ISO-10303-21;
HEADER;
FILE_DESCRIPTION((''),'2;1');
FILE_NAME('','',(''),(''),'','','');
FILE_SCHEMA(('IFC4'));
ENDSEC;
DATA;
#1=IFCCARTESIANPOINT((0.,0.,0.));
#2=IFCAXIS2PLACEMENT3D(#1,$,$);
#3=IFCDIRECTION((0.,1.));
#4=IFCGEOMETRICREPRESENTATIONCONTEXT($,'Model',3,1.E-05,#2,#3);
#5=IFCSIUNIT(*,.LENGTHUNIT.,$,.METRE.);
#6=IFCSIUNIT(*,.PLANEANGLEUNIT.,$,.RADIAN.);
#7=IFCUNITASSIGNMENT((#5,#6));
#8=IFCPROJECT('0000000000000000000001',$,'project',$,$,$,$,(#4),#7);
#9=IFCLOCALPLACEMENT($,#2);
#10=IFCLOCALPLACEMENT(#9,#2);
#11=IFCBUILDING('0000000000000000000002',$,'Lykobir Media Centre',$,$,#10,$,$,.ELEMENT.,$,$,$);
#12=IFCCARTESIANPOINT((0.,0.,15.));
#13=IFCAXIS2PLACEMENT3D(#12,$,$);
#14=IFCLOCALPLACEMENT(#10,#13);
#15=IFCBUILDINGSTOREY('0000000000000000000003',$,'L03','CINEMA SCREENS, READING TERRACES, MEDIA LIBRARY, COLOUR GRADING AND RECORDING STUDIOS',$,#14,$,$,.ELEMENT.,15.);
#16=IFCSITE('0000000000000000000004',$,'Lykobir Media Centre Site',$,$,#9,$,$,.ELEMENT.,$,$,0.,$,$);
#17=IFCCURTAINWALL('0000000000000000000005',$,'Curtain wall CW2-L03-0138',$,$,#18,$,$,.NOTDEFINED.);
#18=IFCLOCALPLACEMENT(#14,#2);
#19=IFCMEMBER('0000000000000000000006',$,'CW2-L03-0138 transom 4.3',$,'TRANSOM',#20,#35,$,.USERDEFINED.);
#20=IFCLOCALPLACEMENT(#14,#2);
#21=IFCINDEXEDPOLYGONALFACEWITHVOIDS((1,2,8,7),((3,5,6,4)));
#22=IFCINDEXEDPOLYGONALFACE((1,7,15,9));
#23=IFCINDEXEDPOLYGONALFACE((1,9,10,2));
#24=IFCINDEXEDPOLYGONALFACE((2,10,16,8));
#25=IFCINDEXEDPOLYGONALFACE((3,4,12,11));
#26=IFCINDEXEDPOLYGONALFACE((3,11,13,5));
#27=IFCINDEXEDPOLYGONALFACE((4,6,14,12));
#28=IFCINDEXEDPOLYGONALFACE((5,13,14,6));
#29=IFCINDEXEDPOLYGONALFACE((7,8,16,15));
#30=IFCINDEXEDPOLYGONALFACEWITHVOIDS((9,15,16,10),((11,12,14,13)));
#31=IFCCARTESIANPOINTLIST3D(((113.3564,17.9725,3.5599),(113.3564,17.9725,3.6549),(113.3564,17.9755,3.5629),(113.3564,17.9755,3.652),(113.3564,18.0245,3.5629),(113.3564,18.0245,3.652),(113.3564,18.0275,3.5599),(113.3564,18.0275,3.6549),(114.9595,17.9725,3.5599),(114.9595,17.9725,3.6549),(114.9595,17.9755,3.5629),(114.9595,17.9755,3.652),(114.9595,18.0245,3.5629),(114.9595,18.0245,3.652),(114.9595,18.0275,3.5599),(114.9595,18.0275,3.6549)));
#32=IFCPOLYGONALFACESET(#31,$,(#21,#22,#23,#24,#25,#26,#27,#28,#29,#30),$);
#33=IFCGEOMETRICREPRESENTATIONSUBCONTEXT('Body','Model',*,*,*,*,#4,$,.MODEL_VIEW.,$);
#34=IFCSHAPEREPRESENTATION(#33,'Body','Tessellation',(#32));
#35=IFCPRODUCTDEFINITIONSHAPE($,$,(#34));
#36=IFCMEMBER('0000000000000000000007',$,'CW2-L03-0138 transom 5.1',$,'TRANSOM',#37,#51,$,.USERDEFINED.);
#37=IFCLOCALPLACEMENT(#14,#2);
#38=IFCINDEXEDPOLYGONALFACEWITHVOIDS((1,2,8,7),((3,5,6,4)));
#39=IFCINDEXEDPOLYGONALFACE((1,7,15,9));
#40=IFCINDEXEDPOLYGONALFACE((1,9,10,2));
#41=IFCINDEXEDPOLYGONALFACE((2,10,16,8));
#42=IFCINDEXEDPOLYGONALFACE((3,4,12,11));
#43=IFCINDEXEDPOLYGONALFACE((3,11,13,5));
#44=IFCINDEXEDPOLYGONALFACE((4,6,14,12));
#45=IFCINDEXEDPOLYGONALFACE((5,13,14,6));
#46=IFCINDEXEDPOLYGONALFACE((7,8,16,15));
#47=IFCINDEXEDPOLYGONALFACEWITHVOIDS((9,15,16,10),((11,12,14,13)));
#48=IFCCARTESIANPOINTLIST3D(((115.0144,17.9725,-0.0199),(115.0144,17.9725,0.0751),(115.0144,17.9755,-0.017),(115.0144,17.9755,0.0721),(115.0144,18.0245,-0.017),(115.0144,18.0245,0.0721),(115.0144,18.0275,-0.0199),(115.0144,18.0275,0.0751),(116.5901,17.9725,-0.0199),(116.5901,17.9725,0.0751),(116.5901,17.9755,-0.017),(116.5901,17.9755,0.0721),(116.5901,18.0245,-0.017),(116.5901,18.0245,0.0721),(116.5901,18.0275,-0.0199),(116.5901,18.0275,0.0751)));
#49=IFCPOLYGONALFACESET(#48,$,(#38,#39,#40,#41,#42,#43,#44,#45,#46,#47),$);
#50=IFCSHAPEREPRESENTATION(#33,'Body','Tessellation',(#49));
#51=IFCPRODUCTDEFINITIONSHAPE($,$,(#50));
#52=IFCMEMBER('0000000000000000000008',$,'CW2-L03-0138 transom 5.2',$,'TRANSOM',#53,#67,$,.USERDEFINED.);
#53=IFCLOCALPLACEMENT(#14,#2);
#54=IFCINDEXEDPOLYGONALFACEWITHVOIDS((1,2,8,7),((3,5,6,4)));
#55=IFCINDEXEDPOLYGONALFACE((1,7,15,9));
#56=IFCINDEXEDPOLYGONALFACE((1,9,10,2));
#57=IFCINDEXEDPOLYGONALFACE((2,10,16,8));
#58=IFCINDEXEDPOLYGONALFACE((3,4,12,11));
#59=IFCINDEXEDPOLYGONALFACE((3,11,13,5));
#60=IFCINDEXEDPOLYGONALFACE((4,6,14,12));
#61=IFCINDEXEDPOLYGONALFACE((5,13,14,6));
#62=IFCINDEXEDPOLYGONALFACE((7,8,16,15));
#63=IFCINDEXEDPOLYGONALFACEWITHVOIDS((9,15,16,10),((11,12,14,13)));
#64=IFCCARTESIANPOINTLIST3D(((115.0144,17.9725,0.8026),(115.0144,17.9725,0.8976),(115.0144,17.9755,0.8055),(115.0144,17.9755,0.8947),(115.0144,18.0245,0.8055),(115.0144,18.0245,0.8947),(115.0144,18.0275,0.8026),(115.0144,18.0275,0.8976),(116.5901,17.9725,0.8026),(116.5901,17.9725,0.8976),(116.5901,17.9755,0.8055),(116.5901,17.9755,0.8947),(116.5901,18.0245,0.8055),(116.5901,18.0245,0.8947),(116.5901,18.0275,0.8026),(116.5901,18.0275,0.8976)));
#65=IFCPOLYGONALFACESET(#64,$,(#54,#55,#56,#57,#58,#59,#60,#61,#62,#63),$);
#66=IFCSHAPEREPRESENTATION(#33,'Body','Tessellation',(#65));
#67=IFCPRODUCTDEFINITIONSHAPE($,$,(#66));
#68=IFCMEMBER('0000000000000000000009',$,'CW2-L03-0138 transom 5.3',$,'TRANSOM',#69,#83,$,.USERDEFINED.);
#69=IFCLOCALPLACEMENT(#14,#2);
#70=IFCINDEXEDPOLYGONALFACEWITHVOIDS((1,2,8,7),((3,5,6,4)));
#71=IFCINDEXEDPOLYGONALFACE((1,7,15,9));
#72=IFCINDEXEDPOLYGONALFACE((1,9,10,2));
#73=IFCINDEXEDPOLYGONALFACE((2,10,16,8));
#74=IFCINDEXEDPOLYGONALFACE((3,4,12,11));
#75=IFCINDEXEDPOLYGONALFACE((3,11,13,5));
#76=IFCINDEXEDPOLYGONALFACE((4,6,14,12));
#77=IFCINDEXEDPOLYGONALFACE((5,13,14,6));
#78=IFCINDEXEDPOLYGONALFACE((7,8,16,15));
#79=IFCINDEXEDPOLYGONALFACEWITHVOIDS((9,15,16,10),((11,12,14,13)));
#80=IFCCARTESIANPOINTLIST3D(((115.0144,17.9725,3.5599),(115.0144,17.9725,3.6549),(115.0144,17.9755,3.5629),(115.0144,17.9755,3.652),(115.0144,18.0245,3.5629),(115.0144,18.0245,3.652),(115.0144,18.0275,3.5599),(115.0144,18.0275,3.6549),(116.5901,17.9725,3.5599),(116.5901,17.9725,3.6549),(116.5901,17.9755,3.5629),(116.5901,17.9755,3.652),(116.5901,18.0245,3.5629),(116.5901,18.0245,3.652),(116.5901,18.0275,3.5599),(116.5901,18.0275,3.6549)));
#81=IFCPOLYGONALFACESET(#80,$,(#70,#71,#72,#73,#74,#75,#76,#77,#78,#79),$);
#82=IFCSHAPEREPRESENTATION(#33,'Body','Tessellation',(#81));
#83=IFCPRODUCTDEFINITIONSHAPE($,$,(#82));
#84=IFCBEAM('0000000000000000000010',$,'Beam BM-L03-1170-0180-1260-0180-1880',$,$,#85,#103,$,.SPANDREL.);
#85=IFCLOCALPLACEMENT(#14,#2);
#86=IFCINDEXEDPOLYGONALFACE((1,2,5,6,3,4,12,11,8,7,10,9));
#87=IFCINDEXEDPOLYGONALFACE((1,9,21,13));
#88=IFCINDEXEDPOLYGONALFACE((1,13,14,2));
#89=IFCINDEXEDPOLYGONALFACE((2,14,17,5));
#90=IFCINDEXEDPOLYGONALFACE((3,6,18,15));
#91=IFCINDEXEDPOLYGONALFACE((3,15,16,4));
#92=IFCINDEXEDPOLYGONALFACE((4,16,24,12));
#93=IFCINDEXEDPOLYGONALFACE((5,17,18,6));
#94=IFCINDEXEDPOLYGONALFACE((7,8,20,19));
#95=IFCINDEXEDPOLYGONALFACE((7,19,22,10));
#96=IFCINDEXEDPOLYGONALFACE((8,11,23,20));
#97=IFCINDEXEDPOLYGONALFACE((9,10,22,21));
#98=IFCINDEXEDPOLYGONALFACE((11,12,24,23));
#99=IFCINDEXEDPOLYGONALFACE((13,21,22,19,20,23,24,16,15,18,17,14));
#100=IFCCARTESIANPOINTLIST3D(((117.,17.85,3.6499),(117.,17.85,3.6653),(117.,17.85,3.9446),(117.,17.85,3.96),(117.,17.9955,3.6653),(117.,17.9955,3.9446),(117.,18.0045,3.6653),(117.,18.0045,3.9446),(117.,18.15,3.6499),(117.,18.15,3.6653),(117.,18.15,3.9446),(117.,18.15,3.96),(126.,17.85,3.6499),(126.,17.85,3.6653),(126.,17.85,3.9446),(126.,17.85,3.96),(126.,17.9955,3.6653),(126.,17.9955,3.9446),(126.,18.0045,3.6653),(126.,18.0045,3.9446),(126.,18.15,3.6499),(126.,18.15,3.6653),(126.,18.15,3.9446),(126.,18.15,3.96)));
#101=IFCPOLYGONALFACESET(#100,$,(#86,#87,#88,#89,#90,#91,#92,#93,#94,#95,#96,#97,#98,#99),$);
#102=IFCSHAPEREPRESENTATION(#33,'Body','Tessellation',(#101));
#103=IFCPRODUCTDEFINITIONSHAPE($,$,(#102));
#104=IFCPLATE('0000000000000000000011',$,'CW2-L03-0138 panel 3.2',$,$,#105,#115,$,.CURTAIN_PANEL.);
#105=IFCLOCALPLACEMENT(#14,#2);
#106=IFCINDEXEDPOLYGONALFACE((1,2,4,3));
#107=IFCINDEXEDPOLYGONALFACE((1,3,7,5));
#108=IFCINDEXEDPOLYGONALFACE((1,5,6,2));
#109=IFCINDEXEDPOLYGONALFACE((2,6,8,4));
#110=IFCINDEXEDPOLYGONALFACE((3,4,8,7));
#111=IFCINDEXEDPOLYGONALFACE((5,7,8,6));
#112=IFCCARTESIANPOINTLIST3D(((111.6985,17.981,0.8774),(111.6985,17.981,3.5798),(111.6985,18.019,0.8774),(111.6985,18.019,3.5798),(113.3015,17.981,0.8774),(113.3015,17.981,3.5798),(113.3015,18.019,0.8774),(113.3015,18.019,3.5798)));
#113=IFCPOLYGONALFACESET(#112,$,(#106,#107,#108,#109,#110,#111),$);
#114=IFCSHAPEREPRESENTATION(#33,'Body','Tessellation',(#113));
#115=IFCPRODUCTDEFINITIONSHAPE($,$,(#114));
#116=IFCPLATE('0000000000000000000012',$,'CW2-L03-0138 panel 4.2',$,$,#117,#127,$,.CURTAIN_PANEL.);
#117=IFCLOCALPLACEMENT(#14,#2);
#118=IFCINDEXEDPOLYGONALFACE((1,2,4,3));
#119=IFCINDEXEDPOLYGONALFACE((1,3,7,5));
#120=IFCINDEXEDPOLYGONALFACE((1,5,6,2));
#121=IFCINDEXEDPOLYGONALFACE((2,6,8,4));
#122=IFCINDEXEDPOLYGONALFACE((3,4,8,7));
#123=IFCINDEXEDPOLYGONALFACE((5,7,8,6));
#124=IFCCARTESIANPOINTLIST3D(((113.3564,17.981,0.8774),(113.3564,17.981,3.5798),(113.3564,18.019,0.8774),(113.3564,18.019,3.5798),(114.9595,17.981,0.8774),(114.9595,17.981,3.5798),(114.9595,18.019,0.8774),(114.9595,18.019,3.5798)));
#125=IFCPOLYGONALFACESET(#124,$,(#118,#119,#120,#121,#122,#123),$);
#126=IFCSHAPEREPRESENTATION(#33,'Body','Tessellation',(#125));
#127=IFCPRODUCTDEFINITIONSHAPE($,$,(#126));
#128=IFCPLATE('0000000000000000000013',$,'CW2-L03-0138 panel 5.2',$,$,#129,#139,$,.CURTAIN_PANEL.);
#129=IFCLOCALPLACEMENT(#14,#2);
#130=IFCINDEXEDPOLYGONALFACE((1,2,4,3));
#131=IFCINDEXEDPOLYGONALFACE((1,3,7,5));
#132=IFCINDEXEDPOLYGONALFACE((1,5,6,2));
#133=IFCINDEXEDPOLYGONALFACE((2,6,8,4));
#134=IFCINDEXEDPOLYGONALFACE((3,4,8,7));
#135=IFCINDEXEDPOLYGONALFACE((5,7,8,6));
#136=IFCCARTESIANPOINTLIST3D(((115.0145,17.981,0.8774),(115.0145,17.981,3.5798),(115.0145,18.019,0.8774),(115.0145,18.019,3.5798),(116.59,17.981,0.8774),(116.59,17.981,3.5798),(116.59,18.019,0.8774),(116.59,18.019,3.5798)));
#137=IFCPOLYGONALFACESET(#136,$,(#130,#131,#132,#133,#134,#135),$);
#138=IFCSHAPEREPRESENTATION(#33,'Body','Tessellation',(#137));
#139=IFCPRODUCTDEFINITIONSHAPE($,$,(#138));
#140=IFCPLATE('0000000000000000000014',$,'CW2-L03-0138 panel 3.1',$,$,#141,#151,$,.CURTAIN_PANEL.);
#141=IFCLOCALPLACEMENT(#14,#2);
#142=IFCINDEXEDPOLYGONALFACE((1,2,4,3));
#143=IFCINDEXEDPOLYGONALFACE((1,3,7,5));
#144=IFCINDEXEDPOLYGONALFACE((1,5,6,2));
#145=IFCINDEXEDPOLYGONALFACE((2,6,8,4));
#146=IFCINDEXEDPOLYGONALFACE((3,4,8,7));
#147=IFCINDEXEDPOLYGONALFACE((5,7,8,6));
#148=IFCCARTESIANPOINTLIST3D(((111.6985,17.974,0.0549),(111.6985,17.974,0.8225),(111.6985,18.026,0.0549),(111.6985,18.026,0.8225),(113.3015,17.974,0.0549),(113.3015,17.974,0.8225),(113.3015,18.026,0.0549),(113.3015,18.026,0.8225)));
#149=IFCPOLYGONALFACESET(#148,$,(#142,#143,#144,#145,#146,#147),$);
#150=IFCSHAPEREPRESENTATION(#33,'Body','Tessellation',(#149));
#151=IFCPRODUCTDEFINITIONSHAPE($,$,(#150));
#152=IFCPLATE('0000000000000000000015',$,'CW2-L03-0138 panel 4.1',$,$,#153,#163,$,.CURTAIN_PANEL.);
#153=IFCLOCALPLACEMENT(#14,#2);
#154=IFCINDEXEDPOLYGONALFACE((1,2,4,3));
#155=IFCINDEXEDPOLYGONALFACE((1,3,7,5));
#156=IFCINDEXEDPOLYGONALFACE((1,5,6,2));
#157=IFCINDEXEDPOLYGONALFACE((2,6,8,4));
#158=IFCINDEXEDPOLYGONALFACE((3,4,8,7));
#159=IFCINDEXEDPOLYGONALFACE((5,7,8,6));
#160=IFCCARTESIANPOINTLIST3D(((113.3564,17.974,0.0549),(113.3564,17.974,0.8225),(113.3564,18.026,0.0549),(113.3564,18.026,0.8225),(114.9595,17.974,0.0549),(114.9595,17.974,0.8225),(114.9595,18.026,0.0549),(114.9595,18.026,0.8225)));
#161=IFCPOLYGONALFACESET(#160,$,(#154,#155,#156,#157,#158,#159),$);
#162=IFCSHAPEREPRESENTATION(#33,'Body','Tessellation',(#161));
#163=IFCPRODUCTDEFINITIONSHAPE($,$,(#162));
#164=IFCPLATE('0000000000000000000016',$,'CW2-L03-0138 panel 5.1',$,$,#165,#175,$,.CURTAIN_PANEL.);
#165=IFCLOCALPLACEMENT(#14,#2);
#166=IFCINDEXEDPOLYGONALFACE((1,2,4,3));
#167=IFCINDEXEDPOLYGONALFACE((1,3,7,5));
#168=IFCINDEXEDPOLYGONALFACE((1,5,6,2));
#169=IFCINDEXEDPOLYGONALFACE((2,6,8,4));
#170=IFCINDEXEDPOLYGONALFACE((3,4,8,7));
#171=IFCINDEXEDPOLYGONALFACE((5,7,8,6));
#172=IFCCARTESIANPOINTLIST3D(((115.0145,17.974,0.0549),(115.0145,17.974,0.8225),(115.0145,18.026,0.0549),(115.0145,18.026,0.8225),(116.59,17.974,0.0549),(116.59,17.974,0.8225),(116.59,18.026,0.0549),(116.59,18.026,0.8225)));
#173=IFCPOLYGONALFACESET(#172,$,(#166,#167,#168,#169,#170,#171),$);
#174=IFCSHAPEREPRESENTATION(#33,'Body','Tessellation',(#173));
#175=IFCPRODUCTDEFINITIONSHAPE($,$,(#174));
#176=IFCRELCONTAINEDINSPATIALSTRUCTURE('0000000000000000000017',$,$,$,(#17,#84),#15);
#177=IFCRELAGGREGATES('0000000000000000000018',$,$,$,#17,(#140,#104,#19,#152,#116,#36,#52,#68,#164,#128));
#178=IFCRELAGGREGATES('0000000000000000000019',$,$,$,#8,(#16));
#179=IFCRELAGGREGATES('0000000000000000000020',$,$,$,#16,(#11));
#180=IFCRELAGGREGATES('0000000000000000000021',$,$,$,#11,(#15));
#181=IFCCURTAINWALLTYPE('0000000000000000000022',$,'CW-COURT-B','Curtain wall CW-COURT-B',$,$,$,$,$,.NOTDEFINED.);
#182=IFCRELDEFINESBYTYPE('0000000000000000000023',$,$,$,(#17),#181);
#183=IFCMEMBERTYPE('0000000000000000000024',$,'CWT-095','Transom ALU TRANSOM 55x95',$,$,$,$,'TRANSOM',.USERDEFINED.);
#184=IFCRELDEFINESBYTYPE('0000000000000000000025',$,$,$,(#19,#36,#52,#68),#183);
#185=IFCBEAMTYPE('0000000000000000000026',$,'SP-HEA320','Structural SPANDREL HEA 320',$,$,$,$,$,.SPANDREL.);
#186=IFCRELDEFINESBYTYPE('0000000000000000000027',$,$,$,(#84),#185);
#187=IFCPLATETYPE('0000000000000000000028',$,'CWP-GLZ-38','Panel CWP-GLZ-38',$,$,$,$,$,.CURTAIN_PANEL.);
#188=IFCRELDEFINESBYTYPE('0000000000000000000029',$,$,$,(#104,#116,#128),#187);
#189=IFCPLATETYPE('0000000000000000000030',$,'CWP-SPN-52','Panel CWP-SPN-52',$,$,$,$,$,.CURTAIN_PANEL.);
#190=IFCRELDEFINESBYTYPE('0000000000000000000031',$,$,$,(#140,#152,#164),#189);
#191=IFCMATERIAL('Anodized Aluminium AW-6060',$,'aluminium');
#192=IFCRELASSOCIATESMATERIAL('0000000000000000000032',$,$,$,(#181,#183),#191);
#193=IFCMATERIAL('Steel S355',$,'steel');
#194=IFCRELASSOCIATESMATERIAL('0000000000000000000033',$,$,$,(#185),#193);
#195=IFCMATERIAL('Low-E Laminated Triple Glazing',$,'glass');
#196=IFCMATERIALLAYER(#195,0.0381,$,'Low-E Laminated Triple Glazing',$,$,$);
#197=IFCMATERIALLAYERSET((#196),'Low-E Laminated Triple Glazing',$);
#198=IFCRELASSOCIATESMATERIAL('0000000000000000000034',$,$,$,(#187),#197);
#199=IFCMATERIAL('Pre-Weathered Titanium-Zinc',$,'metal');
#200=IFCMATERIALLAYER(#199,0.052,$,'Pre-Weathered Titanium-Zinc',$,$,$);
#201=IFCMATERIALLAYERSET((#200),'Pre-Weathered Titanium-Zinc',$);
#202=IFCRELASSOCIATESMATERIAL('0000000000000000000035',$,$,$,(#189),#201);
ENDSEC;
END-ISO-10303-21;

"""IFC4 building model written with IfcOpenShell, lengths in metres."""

from ifc_helpers import new_model, si_unit, direction, frame, origin, origin_2d, place, context, subcontext, project, spatial, rectangle, hollow_rectangle, i_section, extrude, material, layer, layer_set, material_profile, profile_set, type_object, element, aggregate, save


model = new_model("IFC4")

# Units and contexts
model_context = context("Model", 3, precision=1e-05, world=origin(), true_north=direction((0.0, 1.0)))
body_context = subcontext(model_context, "Body", "Model", "MODEL_VIEW")
ifc_project = project(units=[si_unit("LENGTHUNIT", "METRE"), si_unit("PLANEANGLEUNIT", "RADIAN")], contexts=[model_context])

# Site, building, storey
site_placement = place(None, origin())
site = spatial("IfcSite", under=ifc_project, at=site_placement, Name="Lykobir Media Centre Site", CompositionType="ELEMENT", RefElevation=0.0)
building_placement = place(site_placement, origin())
building = spatial("IfcBuilding", under=site, at=building_placement, Name="Lykobir Media Centre", CompositionType="ELEMENT")
storey_placement = place(building_placement, frame((0.0, 0.0, 15.0)))
storey = spatial("IfcBuildingStorey", under=building, at=storey_placement, Name="L03", Description="CINEMA SCREENS, READING TERRACES, MEDIA LIBRARY, COLOUR GRADING AND RECORDING STUDIOS", CompositionType="ELEMENT", Elevation=15.0)

# Curtain wall
ifc_material_1 = material(Name="Anodized Aluminium AW-6060", Category="aluminium")
curtain_wall_type = type_object("IfcCurtainWallType", Name="CW-COURT-B", Description="Curtain wall CW-COURT-B", PredefinedType="NOTDEFINED", material=ifc_material_1)
curtain_wall_1_placement = place(storey_placement, origin())
curtain_wall_1 = element("IfcCurtainWall", 1, at=curtain_wall_1_placement, inside=storey, type_object=curtain_wall_type, Name="Curtain wall CW2-L03-0138", PredefinedType="NOTDEFINED")

# Members
ifc_material_profile_1 = material_profile(ifc_material_1, hollow_rectangle(XDim=0.0549, YDim=0.095, WallThickness=0.0029, at=origin_2d()), Name="ALU TRANSOM 55x95")
ifc_profile_set_1 = profile_set([ifc_material_profile_1], Name="Anodized Aluminium AW-6060")
member_type_1 = type_object("IfcMemberType", Name="CWT-095", Description="Transom ALU TRANSOM 55x95", ElementType="TRANSOM", PredefinedType="USERDEFINED", material=ifc_profile_set_1)
member_1_placement = place(storey_placement, frame((113.3564, 18.0, 3.6074), z_axis=(1.0, 0.0, 0.0), x_axis=(0.0, 1.0, 0.0)))
member_1 = element("IfcMember", 2, at=member_1_placement, type_object=member_type_1, Name="CW2-L03-0138 transom 4.3", ObjectType="TRANSOM", PredefinedType="USERDEFINED", context=body_context, shape_type="SweptSolid", body=[
    extrude(hollow_rectangle(XDim=0.0549, YDim=0.095, WallThickness=0.0029, at=origin_2d()), origin(), (0.0, 0.0, 1.0), 1.603),
])
member_2_placement = place(storey_placement, frame((115.0144, 18.0, 0.0276), z_axis=(1.0, 0.0, 0.0), x_axis=(0.0, 1.0, 0.0)))
member_2 = element("IfcMember", 3, at=member_2_placement, type_object=member_type_1, Name="CW2-L03-0138 transom 5.1", ObjectType="TRANSOM", PredefinedType="USERDEFINED", context=body_context, shape_type="SweptSolid", body=[
    extrude(hollow_rectangle(XDim=0.0549, YDim=0.095, WallThickness=0.0029, at=origin_2d()), origin(), (0.0, 0.0, 1.0), 1.5757),
])
member_3_placement = place(storey_placement, frame((115.0144, 18.0, 0.8501), z_axis=(1.0, 0.0, 0.0), x_axis=(0.0, 1.0, 0.0)))
member_3 = element("IfcMember", 4, at=member_3_placement, type_object=member_type_1, Name="CW2-L03-0138 transom 5.2", ObjectType="TRANSOM", PredefinedType="USERDEFINED", context=body_context, shape_type="SweptSolid", body=[
    extrude(hollow_rectangle(XDim=0.0549, YDim=0.095, WallThickness=0.0029, at=origin_2d()), origin(), (0.0, 0.0, 1.0), 1.5757),
])
member_4_placement = place(storey_placement, frame((115.0144, 18.0, 3.6074), z_axis=(1.0, 0.0, 0.0), x_axis=(0.0, 1.0, 0.0)))
member_4 = element("IfcMember", 5, at=member_4_placement, type_object=member_type_1, Name="CW2-L03-0138 transom 5.3", ObjectType="TRANSOM", PredefinedType="USERDEFINED", context=body_context, shape_type="SweptSolid", body=[
    extrude(hollow_rectangle(XDim=0.0549, YDim=0.095, WallThickness=0.0029, at=origin_2d()), origin(), (0.0, 0.0, 1.0), 1.5757),
])

# Beam
ifc_material_2 = material(Name="Steel S355", Category="steel")
ifc_material_profile_2 = material_profile(ifc_material_2, i_section(OverallWidth=0.3, OverallDepth=0.3101, WebThickness=0.009, FlangeThickness=0.0154, at=origin_2d()), Name="HEA 320")
ifc_profile_set_2 = profile_set([ifc_material_profile_2], Name="Steel S355")
beam_type = type_object("IfcBeamType", Name="SP-HEA320", Description="Structural SPANDREL HEA 320", PredefinedType="SPANDREL", material=ifc_profile_set_2)
beam_placement = place(storey_placement, frame((117.0, 18.0, 3.8049), z_axis=(1.0, 0.0, 0.0), x_axis=(0.0, 1.0, 0.0)))
element("IfcBeam", 6, at=beam_placement, inside=storey, type_object=beam_type, Name="Beam BM-L03-1170-0180-1260-0180-1880", PredefinedType="SPANDREL", context=body_context, shape_type="SweptSolid", body=[
    extrude(i_section(OverallWidth=0.3, OverallDepth=0.3101, WebThickness=0.009, FlangeThickness=0.0154, at=origin_2d()), origin(), (0.0, 0.0, 1.0), 9.0),
])

# Plates
ifc_material_3 = material(Name="Low-E Laminated Triple Glazing", Category="glass")
ifc_layer_1 = layer(ifc_material_3, 0.0381, Name="Low-E Laminated Triple Glazing")
ifc_layer_set_1 = layer_set([ifc_layer_1], Name="Low-E Laminated Triple Glazing")
plate_type_1 = type_object("IfcPlateType", Name="CWP-GLZ-38", Description="Panel CWP-GLZ-38", PredefinedType="CURTAIN_PANEL", material=ifc_layer_set_1)
plate_1_placement = place(storey_placement, frame((112.5, 18.0, 0.8774), z_axis=(0.0, 0.0, 1.0), x_axis=(1.0, 0.0, 0.0)))
plate_1 = element("IfcPlate", 7, at=plate_1_placement, type_object=plate_type_1, Name="CW2-L03-0138 panel 3.2", PredefinedType="CURTAIN_PANEL", context=body_context, shape_type="SweptSolid", body=[
    extrude(rectangle(XDim=1.603, YDim=0.0381, at=origin_2d()), origin(), (0.0, 0.0, 1.0), 2.7024),
])
plate_2_placement = place(storey_placement, frame((114.158, 18.0, 0.8774), z_axis=(0.0, 0.0, 1.0), x_axis=(1.0, 0.0, 0.0)))
plate_2 = element("IfcPlate", 8, at=plate_2_placement, type_object=plate_type_1, Name="CW2-L03-0138 panel 4.2", PredefinedType="CURTAIN_PANEL", context=body_context, shape_type="SweptSolid", body=[
    extrude(rectangle(XDim=1.603, YDim=0.0381, at=origin_2d()), origin(), (0.0, 0.0, 1.0), 2.7024),
])
plate_3_placement = place(storey_placement, frame((115.8022, 18.0, 0.8774), z_axis=(0.0, 0.0, 1.0), x_axis=(1.0, 0.0, 0.0)))
plate_3 = element("IfcPlate", 9, at=plate_3_placement, type_object=plate_type_1, Name="CW2-L03-0138 panel 5.2", PredefinedType="CURTAIN_PANEL", context=body_context, shape_type="SweptSolid", body=[
    extrude(rectangle(XDim=1.5754, YDim=0.0381, at=origin_2d()), origin(), (0.0, 0.0, 1.0), 2.7024),
])
ifc_material_4 = material(Name="Pre-Weathered Titanium-Zinc", Category="metal")
ifc_layer_2 = layer(ifc_material_4, 0.052, Name="Pre-Weathered Titanium-Zinc")
ifc_layer_set_2 = layer_set([ifc_layer_2], Name="Pre-Weathered Titanium-Zinc")
plate_type_2 = type_object("IfcPlateType", Name="CWP-SPN-52", Description="Panel CWP-SPN-52", PredefinedType="CURTAIN_PANEL", material=ifc_layer_set_2)
plate_4_placement = place(storey_placement, frame((112.5, 18.0, 0.0549), z_axis=(0.0, 0.0, 1.0), x_axis=(1.0, 0.0, 0.0)))
plate_4 = element("IfcPlate", 10, at=plate_4_placement, type_object=plate_type_2, Name="CW2-L03-0138 panel 3.1", PredefinedType="CURTAIN_PANEL", context=body_context, shape_type="SweptSolid", body=[
    extrude(rectangle(XDim=1.603, YDim=0.052, at=origin_2d()), origin(), (0.0, 0.0, 1.0), 0.7676),
])
plate_5_placement = place(storey_placement, frame((114.158, 18.0, 0.0549), z_axis=(0.0, 0.0, 1.0), x_axis=(1.0, 0.0, 0.0)))
plate_5 = element("IfcPlate", 11, at=plate_5_placement, type_object=plate_type_2, Name="CW2-L03-0138 panel 4.1", PredefinedType="CURTAIN_PANEL", context=body_context, shape_type="SweptSolid", body=[
    extrude(rectangle(XDim=1.603, YDim=0.052, at=origin_2d()), origin(), (0.0, 0.0, 1.0), 0.7676),
])
plate_6_placement = place(storey_placement, frame((115.8022, 18.0, 0.0549), z_axis=(0.0, 0.0, 1.0), x_axis=(1.0, 0.0, 0.0)))
plate_6 = element("IfcPlate", 12, at=plate_6_placement, type_object=plate_type_2, Name="CW2-L03-0138 panel 5.1", PredefinedType="CURTAIN_PANEL", context=body_context, shape_type="SweptSolid", body=[
    extrude(rectangle(XDim=1.5754, YDim=0.052, at=origin_2d()), origin(), (0.0, 0.0, 1.0), 0.7676),
])
aggregate(curtain_wall_1, [plate_4, plate_1, member_1, plate_5, plate_2, member_2, member_3, member_4, plate_6, plate_3])

save(model, "model.ifc")
